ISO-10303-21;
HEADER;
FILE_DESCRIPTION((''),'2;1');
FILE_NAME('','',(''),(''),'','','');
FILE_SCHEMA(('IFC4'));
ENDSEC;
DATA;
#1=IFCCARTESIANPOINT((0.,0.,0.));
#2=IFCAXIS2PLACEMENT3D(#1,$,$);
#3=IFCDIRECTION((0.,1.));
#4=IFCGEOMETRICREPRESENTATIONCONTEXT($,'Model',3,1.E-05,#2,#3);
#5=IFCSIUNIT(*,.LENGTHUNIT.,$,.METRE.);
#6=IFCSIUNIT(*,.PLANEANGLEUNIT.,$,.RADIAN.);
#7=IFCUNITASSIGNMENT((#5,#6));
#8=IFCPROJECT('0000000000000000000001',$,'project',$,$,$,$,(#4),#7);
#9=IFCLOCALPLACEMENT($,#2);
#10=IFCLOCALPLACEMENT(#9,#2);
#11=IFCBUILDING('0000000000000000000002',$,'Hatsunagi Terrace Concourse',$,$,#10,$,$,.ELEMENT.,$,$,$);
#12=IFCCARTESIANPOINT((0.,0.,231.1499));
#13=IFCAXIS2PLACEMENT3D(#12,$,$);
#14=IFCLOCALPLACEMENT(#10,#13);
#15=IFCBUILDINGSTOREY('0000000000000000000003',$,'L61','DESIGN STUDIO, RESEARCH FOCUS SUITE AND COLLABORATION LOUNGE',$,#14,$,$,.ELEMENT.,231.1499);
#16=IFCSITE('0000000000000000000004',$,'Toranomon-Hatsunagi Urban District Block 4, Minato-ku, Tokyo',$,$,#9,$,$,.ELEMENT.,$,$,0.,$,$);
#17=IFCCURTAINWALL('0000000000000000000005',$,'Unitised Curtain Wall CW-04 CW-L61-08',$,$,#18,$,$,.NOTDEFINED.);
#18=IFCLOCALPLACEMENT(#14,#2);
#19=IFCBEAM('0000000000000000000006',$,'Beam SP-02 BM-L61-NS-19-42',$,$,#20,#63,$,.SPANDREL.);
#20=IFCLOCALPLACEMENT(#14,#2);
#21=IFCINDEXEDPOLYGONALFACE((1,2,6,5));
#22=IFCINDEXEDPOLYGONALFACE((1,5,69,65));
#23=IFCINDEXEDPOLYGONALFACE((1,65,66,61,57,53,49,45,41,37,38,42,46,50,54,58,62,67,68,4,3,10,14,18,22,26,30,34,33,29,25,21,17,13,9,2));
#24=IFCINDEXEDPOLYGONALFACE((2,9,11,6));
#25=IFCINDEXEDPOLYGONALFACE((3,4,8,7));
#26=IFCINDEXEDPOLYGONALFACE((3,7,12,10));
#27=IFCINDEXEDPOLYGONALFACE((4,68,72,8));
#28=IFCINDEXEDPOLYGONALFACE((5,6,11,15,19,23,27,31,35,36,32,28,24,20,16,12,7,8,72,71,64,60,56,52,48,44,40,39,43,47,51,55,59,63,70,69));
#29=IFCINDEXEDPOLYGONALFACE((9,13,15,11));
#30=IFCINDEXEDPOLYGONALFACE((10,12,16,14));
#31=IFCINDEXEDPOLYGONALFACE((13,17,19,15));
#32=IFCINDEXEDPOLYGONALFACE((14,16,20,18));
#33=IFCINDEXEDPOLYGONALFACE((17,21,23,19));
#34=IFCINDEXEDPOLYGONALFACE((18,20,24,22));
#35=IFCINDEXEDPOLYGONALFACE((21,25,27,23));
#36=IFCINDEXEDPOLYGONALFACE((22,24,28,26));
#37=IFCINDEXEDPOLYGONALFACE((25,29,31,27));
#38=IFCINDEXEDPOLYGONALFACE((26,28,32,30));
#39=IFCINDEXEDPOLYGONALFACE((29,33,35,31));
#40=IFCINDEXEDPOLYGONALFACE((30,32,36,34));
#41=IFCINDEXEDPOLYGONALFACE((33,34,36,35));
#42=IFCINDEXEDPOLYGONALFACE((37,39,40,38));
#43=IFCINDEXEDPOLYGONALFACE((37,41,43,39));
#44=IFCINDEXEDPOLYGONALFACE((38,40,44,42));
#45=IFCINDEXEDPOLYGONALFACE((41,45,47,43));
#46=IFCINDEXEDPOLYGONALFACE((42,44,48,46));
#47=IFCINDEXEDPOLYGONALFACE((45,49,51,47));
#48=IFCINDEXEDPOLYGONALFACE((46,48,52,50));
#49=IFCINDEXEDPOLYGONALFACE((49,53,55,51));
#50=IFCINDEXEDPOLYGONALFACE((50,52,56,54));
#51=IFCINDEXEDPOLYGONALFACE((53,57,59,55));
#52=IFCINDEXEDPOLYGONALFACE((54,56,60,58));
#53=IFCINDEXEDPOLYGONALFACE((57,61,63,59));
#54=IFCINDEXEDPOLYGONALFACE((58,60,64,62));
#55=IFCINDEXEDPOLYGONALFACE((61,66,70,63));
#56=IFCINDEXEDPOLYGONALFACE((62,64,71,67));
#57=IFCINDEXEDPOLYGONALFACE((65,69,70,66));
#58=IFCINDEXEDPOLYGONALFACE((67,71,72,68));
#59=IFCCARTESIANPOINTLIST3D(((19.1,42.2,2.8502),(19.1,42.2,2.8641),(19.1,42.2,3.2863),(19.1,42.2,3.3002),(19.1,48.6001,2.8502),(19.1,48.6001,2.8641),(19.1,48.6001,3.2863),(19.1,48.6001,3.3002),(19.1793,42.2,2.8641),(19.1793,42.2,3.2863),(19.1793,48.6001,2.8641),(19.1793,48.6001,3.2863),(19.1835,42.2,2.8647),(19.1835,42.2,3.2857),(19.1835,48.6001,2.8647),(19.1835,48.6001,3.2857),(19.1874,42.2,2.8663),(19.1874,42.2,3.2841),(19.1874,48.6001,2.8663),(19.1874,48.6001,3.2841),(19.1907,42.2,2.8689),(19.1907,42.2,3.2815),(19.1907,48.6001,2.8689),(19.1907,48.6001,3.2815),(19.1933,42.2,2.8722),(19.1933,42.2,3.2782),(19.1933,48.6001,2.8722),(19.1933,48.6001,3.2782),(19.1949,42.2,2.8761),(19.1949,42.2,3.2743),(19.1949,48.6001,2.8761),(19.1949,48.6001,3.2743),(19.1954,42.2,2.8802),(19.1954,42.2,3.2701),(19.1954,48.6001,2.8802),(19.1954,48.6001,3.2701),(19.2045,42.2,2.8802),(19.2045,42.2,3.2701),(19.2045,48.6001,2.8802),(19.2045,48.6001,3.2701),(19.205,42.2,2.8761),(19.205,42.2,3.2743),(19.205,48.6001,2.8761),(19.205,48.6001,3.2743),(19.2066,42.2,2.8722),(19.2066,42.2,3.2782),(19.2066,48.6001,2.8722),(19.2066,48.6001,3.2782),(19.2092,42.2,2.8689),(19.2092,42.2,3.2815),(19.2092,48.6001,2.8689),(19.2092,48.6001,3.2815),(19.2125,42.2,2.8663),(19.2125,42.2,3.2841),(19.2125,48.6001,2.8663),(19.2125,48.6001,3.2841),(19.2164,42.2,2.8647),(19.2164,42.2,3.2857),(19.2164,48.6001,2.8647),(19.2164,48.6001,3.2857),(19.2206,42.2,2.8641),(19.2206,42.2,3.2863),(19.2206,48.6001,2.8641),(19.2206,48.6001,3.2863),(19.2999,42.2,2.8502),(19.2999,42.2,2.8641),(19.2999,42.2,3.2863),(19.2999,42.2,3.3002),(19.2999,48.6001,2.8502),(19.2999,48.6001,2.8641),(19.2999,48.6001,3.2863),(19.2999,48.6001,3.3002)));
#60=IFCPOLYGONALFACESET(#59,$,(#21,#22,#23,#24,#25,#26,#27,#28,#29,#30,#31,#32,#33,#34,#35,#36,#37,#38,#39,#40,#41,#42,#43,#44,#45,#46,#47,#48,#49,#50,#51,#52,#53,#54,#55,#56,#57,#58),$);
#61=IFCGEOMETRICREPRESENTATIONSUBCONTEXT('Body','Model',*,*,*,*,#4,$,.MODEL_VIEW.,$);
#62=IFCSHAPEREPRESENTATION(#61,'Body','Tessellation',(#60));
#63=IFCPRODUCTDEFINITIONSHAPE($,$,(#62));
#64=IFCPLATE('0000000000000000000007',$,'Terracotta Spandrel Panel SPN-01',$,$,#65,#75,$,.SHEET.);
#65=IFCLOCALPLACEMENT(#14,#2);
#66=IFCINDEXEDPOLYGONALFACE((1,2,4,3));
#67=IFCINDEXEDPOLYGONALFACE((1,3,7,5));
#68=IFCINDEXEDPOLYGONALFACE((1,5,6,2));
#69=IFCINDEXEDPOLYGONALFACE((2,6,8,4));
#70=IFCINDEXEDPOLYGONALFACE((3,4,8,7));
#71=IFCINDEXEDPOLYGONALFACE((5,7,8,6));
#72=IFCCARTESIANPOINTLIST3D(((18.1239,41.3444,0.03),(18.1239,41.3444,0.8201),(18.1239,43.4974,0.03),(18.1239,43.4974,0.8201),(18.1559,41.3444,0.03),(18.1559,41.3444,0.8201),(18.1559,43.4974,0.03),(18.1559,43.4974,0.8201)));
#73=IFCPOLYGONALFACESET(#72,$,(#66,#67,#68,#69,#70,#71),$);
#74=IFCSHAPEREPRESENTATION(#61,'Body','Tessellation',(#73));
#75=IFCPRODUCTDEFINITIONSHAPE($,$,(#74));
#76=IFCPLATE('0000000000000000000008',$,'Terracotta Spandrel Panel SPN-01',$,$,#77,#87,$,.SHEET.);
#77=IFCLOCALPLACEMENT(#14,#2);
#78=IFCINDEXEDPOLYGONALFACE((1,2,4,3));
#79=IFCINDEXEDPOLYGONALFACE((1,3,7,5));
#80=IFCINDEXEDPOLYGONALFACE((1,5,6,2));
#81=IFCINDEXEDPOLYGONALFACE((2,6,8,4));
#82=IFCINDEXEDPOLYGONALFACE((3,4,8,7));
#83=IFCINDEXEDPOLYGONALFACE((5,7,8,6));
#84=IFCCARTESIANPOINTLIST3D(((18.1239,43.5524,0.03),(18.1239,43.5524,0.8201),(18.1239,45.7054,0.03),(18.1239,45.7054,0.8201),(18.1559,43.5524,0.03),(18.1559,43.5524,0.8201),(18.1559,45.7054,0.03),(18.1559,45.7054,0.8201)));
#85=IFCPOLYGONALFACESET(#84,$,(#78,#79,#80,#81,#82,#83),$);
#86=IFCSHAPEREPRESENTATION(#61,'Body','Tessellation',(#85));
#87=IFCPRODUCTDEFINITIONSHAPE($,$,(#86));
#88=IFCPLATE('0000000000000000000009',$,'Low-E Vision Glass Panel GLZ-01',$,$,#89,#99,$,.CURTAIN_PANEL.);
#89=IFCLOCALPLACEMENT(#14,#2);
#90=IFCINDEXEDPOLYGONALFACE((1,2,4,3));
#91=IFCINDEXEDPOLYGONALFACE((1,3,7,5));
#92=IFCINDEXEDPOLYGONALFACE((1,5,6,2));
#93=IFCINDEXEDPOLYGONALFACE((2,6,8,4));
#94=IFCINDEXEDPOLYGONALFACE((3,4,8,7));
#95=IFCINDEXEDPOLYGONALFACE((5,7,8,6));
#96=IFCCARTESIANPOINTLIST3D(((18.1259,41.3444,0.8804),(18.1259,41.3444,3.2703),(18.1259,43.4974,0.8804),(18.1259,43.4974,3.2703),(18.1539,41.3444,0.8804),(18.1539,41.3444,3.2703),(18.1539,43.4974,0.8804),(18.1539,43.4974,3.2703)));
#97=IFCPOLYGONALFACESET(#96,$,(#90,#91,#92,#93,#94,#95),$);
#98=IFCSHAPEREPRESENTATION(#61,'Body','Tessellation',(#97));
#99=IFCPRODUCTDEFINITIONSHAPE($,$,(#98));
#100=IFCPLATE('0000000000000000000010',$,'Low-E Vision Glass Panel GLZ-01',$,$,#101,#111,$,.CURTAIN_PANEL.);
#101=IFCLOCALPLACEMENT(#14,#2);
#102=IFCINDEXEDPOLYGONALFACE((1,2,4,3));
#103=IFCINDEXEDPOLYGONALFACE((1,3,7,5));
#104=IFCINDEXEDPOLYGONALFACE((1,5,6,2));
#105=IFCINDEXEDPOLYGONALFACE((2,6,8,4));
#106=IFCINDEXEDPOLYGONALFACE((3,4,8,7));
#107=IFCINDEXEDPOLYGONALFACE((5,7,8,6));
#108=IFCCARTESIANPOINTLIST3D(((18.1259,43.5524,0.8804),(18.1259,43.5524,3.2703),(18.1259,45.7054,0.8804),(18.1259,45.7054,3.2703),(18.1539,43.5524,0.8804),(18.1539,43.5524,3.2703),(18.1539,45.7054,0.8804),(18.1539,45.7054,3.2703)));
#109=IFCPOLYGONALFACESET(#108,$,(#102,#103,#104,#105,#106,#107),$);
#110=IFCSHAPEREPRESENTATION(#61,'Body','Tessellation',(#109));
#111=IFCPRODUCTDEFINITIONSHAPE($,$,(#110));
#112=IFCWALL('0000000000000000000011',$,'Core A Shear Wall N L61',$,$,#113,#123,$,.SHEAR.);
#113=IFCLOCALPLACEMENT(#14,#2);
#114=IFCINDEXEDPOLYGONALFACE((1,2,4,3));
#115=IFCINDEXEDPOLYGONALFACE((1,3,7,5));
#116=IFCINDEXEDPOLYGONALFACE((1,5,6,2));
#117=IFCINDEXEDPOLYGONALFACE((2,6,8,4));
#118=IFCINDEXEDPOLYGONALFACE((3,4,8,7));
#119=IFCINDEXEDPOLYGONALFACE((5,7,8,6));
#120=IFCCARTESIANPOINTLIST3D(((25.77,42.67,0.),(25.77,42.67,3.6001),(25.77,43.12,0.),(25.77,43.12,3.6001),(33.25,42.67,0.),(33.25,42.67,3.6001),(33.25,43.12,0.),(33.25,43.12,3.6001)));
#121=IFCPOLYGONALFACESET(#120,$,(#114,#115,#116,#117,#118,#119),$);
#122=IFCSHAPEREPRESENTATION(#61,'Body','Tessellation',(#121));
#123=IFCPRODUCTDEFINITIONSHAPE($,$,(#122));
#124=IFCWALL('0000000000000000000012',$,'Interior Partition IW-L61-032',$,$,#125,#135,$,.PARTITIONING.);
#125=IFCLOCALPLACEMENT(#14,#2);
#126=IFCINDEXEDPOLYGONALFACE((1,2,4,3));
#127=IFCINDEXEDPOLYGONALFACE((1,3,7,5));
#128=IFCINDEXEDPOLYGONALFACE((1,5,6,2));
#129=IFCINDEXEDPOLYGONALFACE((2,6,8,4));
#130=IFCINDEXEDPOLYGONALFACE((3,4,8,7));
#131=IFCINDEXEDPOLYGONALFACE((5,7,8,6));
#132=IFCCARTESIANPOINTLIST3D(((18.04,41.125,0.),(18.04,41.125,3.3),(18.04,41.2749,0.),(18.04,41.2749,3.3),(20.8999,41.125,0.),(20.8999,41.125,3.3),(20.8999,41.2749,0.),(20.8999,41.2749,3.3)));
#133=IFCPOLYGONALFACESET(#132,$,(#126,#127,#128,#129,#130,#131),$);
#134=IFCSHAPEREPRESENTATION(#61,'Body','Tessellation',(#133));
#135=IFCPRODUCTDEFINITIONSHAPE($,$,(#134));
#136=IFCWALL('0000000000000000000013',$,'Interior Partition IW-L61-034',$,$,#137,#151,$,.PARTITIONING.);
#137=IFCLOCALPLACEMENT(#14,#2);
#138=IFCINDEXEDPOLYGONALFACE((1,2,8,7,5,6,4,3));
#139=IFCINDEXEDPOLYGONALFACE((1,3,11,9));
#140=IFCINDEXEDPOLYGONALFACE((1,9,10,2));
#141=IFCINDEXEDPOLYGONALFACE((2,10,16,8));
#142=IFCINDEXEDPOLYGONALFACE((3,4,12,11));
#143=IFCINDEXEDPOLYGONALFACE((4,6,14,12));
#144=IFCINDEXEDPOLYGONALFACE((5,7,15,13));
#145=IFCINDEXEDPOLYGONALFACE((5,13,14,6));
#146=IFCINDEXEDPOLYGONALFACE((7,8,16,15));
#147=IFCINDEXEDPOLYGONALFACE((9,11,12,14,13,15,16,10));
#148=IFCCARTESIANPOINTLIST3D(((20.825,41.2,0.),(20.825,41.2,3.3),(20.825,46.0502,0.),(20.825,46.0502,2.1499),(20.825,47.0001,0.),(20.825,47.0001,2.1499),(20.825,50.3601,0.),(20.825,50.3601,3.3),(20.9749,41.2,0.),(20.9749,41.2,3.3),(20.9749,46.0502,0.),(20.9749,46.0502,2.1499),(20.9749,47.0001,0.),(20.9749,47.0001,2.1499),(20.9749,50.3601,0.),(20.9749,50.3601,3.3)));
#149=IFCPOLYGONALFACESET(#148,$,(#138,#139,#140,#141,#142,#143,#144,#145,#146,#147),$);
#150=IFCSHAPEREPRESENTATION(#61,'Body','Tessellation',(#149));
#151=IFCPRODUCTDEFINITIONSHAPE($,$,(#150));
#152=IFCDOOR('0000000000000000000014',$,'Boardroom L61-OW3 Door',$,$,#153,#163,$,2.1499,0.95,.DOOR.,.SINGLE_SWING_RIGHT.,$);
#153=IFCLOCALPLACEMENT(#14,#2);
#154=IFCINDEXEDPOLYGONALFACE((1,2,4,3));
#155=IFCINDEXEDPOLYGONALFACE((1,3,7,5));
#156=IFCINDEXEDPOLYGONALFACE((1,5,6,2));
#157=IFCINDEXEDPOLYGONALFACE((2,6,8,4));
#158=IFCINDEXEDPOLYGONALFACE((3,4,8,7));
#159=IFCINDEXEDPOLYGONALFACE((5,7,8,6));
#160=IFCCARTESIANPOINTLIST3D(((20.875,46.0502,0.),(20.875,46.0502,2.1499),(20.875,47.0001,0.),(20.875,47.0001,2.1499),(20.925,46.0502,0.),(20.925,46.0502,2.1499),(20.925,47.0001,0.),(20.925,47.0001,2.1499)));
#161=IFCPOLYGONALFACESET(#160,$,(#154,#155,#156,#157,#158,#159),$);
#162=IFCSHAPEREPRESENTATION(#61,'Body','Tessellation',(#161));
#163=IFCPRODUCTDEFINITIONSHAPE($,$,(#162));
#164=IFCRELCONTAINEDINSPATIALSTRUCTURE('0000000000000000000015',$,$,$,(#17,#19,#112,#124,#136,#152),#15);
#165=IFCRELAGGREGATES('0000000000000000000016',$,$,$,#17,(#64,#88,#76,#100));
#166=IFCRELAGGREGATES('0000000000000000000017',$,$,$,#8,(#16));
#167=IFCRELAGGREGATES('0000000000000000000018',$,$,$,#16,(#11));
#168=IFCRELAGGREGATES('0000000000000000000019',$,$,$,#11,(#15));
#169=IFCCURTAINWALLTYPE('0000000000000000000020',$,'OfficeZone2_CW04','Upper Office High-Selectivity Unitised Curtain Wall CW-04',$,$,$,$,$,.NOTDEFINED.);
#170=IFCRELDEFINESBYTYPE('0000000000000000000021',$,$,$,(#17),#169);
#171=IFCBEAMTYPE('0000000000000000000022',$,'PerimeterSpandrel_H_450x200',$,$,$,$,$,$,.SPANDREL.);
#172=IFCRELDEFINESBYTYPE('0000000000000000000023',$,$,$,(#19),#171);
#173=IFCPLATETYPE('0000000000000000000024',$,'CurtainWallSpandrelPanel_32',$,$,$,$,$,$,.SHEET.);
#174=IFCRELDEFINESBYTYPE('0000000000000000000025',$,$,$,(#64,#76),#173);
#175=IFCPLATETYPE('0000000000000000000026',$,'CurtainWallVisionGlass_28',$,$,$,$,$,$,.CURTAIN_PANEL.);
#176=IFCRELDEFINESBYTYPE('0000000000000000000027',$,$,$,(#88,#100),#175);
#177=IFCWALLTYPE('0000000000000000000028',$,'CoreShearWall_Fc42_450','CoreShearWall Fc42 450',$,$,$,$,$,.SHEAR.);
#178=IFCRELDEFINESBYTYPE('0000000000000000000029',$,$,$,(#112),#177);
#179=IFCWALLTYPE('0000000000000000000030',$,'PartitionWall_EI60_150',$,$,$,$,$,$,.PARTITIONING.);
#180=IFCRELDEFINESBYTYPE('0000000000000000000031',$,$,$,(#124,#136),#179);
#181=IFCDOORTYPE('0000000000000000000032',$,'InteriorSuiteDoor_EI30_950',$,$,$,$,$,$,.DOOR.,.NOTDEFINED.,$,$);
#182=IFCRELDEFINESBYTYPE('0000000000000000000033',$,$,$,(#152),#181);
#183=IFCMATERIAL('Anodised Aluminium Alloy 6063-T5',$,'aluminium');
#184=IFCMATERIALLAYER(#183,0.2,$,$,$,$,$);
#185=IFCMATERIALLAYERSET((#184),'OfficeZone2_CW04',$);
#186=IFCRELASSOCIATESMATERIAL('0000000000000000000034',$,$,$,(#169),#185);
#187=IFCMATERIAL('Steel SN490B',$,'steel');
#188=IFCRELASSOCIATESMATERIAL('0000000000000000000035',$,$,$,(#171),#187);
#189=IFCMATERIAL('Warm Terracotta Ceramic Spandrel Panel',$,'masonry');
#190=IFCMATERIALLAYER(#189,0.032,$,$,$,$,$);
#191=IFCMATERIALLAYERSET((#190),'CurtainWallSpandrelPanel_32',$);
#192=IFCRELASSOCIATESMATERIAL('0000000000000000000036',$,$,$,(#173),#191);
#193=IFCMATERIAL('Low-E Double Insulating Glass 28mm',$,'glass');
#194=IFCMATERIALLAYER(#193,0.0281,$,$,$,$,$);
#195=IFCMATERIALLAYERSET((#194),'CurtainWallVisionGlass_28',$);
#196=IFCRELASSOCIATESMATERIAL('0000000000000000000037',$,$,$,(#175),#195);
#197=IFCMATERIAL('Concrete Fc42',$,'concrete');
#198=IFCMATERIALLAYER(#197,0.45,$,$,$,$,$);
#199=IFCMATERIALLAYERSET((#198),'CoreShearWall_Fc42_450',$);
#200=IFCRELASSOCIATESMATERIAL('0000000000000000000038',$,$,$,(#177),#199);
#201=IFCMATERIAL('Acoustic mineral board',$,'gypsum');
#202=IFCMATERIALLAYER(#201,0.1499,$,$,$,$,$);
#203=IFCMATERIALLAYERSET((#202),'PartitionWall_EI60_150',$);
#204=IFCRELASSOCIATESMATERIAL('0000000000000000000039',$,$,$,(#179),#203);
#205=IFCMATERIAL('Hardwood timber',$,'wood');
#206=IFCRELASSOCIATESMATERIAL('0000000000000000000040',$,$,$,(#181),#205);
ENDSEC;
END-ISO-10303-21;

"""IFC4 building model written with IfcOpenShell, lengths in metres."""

from ifc_helpers import new_model, si_unit, direction, frame, frame_2d, origin, origin_2d, place, context, subcontext, project, spatial, rectangle, i_section, extrude, material, layer, layer_set, material_profile, profile_set, type_object, element, fill, aggregate, save


model = new_model("IFC4")

# Units and contexts
model_context = context("Model", 3, precision=1e-05, world=origin(), true_north=direction((0.0, 1.0)))
body_context = subcontext(model_context, "Body", "Model", "MODEL_VIEW")
ifc_project = project(units=[si_unit("LENGTHUNIT", "METRE"), si_unit("PLANEANGLEUNIT", "RADIAN")], contexts=[model_context])

# Site, building, storey
site_placement = place(None, origin())
site = spatial("IfcSite", under=ifc_project, at=site_placement, Name="Toranomon-Hatsunagi Urban District Block 4, Minato-ku, Tokyo", CompositionType="ELEMENT", RefElevation=0.0)
building_placement = place(site_placement, origin())
building = spatial("IfcBuilding", under=site, at=building_placement, Name="Hatsunagi Terrace Concourse", CompositionType="ELEMENT")
storey_placement = place(building_placement, frame((0.0, 0.0, 231.1499)))
storey = spatial("IfcBuildingStorey", under=building, at=storey_placement, Name="L61", Description="DESIGN STUDIO, RESEARCH FOCUS SUITE AND COLLABORATION LOUNGE", CompositionType="ELEMENT", Elevation=231.1499)

# Curtain wall
ifc_material_1 = material(Name="Anodised Aluminium Alloy 6063-T5", Category="aluminium")
ifc_layer_1 = layer(ifc_material_1, 0.2)
ifc_layer_set_1 = layer_set([ifc_layer_1], Name="OfficeZone2_CW04")
curtain_wall_type = type_object("IfcCurtainWallType", Name="OfficeZone2_CW04", Description="Upper Office High-Selectivity Unitised Curtain Wall CW-04", PredefinedType="NOTDEFINED", material=ifc_layer_set_1)
curtain_wall_placement = place(storey_placement, origin())
curtain_wall = element("IfcCurtainWall", 1, at=curtain_wall_placement, inside=storey, type_object=curtain_wall_type, Name="Unitised Curtain Wall CW-04 CW-L61-08", PredefinedType="NOTDEFINED")

# Beam
ifc_material_2 = material(Name="Steel SN490B", Category="steel")
ifc_material_profile_1 = material_profile(ifc_material_2, i_section(OverallWidth=0.2, OverallDepth=0.45, WebThickness=0.009, FlangeThickness=0.0139, FilletRadius=0.0161, at=origin_2d()), Name="H-450x200x9x14")
ifc_profile_set_1 = profile_set([ifc_material_profile_1], Name="Steel SN490B")
beam_type_1 = type_object("IfcBeamType", Name="PerimeterSpandrel_H_450x200", PredefinedType="SPANDREL", material=ifc_profile_set_1)
beam_1_placement = place(storey_placement, frame((19.2, 42.2, 3.0752), z_axis=(0.0, 1.0, 0.0), x_axis=(-1.0, 0.0, 0.0)))
element("IfcBeam", 2, at=beam_1_placement, inside=storey, type_object=beam_type_1, Name="Beam SP-02 BM-L61-NS-19-42", PredefinedType="SPANDREL", context=body_context, shape_type="SweptSolid", body=[
    extrude(i_section(OverallWidth=0.2, OverallDepth=0.45, WebThickness=0.009, FlangeThickness=0.0139, FilletRadius=0.0161, at=origin_2d()), origin(), (0.0, 0.0, 1.0), 6.4001),
])

# Plates
ifc_material_3 = material(Name="Warm Terracotta Ceramic Spandrel Panel", Category="masonry")
ifc_layer_2 = layer(ifc_material_3, 0.032)
ifc_layer_set_2 = layer_set([ifc_layer_2], Name="CurtainWallSpandrelPanel_32")
plate_type_1 = type_object("IfcPlateType", Name="CurtainWallSpandrelPanel_32", PredefinedType="SHEET", material=ifc_layer_set_2)
plate_1_placement = place(storey_placement, frame((18.1399, 42.4209, 0.03), z_axis=(0.0, 0.0, 1.0), x_axis=(0.0, 1.0, 0.0)))
plate_1 = element("IfcPlate", 3, at=plate_1_placement, type_object=plate_type_1, Name="Terracotta Spandrel Panel SPN-01", PredefinedType="SHEET", context=body_context, shape_type="SweptSolid", body=[
    extrude(rectangle(XDim=2.1531, YDim=0.032, at=origin_2d()), origin(), (0.0, 0.0, 1.0), 0.79),
])
plate_2_placement = place(storey_placement, frame((18.1399, 44.6289, 0.03), z_axis=(0.0, 0.0, 1.0), x_axis=(0.0, 1.0, 0.0)))
plate_2 = element("IfcPlate", 4, at=plate_2_placement, type_object=plate_type_1, Name="Terracotta Spandrel Panel SPN-01", PredefinedType="SHEET", context=body_context, shape_type="SweptSolid", body=[
    extrude(rectangle(XDim=2.1531, YDim=0.032, at=origin_2d()), origin(), (0.0, 0.0, 1.0), 0.79),
])
ifc_material_4 = material(Name="Low-E Double Insulating Glass 28mm", Category="glass")
ifc_layer_3 = layer(ifc_material_4, 0.0281)
ifc_layer_set_3 = layer_set([ifc_layer_3], Name="CurtainWallVisionGlass_28")
plate_type_2 = type_object("IfcPlateType", Name="CurtainWallVisionGlass_28", PredefinedType="CURTAIN_PANEL", material=ifc_layer_set_3)
plate_3_placement = place(storey_placement, frame((18.1399, 42.4209, 0.8804), z_axis=(0.0, 0.0, 1.0), x_axis=(0.0, 1.0, 0.0)))
plate_3 = element("IfcPlate", 5, at=plate_3_placement, type_object=plate_type_2, Name="Low-E Vision Glass Panel GLZ-01", PredefinedType="CURTAIN_PANEL", context=body_context, shape_type="SweptSolid", body=[
    extrude(rectangle(XDim=2.1531, YDim=0.0281, at=origin_2d()), origin(), (0.0, 0.0, 1.0), 2.3899),
])
plate_4_placement = place(storey_placement, frame((18.1399, 44.6289, 0.8804), z_axis=(0.0, 0.0, 1.0), x_axis=(0.0, 1.0, 0.0)))
plate_4 = element("IfcPlate", 6, at=plate_4_placement, type_object=plate_type_2, Name="Low-E Vision Glass Panel GLZ-01", PredefinedType="CURTAIN_PANEL", context=body_context, shape_type="SweptSolid", body=[
    extrude(rectangle(XDim=2.1531, YDim=0.0281, at=origin_2d()), origin(), (0.0, 0.0, 1.0), 2.3899),
])
aggregate(curtain_wall, [plate_1, plate_3, plate_2, plate_4])

# Walls
ifc_material_5 = material(Name="Concrete Fc42", Category="concrete")
ifc_layer_4 = layer(ifc_material_5, 0.45)
ifc_layer_set_4 = layer_set([ifc_layer_4], Name="CoreShearWall_Fc42_450")
wall_type_1 = type_object("IfcWallType", Name="CoreShearWall_Fc42_450", Description="CoreShearWall Fc42 450", PredefinedType="SHEAR", material=ifc_layer_set_4)
wall_1_placement = place(storey_placement, frame((25.77, 42.895, 0.0), z_axis=(0.0, 0.0, 1.0), x_axis=(1.0, 0.0, 0.0)))
element("IfcWall", 7, at=wall_1_placement, inside=storey, type_object=wall_type_1, Name="Core A Shear Wall N L61", PredefinedType="SHEAR", context=body_context, shape_type="SweptSolid", body=[
    extrude(rectangle(XDim=7.48, YDim=0.45, at=frame_2d((3.74, 0.0))), origin(), (0.0, 0.0, 1.0), 3.6001),
])
ifc_material_6 = material(Name="Acoustic mineral board", Category="gypsum")
ifc_layer_5 = layer(ifc_material_6, 0.1499)
ifc_layer_set_5 = layer_set([ifc_layer_5], Name="PartitionWall_EI60_150")
wall_type_2 = type_object("IfcWallType", Name="PartitionWall_EI60_150", PredefinedType="PARTITIONING", material=ifc_layer_set_5)
wall_2_placement = place(storey_placement, frame((18.04, 41.2, 0.0), z_axis=(0.0, 0.0, 1.0), x_axis=(1.0, 0.0, 0.0)))
element("IfcWall", 8, at=wall_2_placement, inside=storey, type_object=wall_type_2, Name="Interior Partition IW-L61-032", PredefinedType="PARTITIONING", context=body_context, shape_type="SweptSolid", body=[
    extrude(rectangle(XDim=2.8599, YDim=0.1499, at=frame_2d((1.4299, 0.0))), origin(), (0.0, 0.0, 1.0), 3.3),
])

# Wall, opening, door
wall_3_placement = place(storey_placement, frame((20.8999, 41.2, 0.0), z_axis=(0.0, 0.0, 1.0), x_axis=(0.0, 1.0, 0.0)))
wall_3 = element("IfcWall", 9, at=wall_3_placement, inside=storey, type_object=wall_type_2, Name="Interior Partition IW-L61-034", PredefinedType="PARTITIONING", context=body_context, shape_type="SweptSolid", body=[
    extrude(rectangle(XDim=9.1602, YDim=0.1499, at=frame_2d((4.5801, 0.0))), origin(), (0.0, 0.0, 1.0), 3.3),
])
opening_1_placement = place(wall_3_placement, frame((4.8501, 0.0, 0.0)))
opening_1 = element("IfcOpeningElement", 10, at=opening_1_placement, cuts=wall_3, PredefinedType="OPENING", context=body_context, shape_type="SweptSolid", body=[
    extrude(rectangle(XDim=0.95, YDim=2.1499, at=frame_2d((0.4751, 1.075))), frame((0.0, 0.085, 0.0), z_axis=(0.0, -1.0, 0.0), x_axis=(1.0, 0.0, 0.0)), (0.0, 0.0, 1.0), 0.1699),
])
ifc_material_7 = material(Name="Hardwood timber", Category="wood")
door_type = type_object("IfcDoorType", Name="InteriorSuiteDoor_EI30_950", OperationType="NOTDEFINED", PredefinedType="DOOR", material=ifc_material_7)
door_1_placement = place(opening_1_placement, origin())
door_1 = element("IfcDoor", 11, at=door_1_placement, inside=storey, type_object=door_type, Name="Boardroom L61-OW3 Door", OperationType="SINGLE_SWING_RIGHT", OverallHeight=2.1499, OverallWidth=0.95, PredefinedType="DOOR", context=body_context, shape_type="SweptSolid", body=[
    extrude(rectangle(XDim=0.95, YDim=2.1499, at=frame_2d((0.4751, 1.075))), frame((0.0, 0.0249, 0.0), z_axis=(0.0, -1.0, 0.0), x_axis=(1.0, 0.0, 0.0)), (0.0, 0.0, 1.0), 0.05),
])
fill(opening_1, door_1)

save(model, "model.ifc")
